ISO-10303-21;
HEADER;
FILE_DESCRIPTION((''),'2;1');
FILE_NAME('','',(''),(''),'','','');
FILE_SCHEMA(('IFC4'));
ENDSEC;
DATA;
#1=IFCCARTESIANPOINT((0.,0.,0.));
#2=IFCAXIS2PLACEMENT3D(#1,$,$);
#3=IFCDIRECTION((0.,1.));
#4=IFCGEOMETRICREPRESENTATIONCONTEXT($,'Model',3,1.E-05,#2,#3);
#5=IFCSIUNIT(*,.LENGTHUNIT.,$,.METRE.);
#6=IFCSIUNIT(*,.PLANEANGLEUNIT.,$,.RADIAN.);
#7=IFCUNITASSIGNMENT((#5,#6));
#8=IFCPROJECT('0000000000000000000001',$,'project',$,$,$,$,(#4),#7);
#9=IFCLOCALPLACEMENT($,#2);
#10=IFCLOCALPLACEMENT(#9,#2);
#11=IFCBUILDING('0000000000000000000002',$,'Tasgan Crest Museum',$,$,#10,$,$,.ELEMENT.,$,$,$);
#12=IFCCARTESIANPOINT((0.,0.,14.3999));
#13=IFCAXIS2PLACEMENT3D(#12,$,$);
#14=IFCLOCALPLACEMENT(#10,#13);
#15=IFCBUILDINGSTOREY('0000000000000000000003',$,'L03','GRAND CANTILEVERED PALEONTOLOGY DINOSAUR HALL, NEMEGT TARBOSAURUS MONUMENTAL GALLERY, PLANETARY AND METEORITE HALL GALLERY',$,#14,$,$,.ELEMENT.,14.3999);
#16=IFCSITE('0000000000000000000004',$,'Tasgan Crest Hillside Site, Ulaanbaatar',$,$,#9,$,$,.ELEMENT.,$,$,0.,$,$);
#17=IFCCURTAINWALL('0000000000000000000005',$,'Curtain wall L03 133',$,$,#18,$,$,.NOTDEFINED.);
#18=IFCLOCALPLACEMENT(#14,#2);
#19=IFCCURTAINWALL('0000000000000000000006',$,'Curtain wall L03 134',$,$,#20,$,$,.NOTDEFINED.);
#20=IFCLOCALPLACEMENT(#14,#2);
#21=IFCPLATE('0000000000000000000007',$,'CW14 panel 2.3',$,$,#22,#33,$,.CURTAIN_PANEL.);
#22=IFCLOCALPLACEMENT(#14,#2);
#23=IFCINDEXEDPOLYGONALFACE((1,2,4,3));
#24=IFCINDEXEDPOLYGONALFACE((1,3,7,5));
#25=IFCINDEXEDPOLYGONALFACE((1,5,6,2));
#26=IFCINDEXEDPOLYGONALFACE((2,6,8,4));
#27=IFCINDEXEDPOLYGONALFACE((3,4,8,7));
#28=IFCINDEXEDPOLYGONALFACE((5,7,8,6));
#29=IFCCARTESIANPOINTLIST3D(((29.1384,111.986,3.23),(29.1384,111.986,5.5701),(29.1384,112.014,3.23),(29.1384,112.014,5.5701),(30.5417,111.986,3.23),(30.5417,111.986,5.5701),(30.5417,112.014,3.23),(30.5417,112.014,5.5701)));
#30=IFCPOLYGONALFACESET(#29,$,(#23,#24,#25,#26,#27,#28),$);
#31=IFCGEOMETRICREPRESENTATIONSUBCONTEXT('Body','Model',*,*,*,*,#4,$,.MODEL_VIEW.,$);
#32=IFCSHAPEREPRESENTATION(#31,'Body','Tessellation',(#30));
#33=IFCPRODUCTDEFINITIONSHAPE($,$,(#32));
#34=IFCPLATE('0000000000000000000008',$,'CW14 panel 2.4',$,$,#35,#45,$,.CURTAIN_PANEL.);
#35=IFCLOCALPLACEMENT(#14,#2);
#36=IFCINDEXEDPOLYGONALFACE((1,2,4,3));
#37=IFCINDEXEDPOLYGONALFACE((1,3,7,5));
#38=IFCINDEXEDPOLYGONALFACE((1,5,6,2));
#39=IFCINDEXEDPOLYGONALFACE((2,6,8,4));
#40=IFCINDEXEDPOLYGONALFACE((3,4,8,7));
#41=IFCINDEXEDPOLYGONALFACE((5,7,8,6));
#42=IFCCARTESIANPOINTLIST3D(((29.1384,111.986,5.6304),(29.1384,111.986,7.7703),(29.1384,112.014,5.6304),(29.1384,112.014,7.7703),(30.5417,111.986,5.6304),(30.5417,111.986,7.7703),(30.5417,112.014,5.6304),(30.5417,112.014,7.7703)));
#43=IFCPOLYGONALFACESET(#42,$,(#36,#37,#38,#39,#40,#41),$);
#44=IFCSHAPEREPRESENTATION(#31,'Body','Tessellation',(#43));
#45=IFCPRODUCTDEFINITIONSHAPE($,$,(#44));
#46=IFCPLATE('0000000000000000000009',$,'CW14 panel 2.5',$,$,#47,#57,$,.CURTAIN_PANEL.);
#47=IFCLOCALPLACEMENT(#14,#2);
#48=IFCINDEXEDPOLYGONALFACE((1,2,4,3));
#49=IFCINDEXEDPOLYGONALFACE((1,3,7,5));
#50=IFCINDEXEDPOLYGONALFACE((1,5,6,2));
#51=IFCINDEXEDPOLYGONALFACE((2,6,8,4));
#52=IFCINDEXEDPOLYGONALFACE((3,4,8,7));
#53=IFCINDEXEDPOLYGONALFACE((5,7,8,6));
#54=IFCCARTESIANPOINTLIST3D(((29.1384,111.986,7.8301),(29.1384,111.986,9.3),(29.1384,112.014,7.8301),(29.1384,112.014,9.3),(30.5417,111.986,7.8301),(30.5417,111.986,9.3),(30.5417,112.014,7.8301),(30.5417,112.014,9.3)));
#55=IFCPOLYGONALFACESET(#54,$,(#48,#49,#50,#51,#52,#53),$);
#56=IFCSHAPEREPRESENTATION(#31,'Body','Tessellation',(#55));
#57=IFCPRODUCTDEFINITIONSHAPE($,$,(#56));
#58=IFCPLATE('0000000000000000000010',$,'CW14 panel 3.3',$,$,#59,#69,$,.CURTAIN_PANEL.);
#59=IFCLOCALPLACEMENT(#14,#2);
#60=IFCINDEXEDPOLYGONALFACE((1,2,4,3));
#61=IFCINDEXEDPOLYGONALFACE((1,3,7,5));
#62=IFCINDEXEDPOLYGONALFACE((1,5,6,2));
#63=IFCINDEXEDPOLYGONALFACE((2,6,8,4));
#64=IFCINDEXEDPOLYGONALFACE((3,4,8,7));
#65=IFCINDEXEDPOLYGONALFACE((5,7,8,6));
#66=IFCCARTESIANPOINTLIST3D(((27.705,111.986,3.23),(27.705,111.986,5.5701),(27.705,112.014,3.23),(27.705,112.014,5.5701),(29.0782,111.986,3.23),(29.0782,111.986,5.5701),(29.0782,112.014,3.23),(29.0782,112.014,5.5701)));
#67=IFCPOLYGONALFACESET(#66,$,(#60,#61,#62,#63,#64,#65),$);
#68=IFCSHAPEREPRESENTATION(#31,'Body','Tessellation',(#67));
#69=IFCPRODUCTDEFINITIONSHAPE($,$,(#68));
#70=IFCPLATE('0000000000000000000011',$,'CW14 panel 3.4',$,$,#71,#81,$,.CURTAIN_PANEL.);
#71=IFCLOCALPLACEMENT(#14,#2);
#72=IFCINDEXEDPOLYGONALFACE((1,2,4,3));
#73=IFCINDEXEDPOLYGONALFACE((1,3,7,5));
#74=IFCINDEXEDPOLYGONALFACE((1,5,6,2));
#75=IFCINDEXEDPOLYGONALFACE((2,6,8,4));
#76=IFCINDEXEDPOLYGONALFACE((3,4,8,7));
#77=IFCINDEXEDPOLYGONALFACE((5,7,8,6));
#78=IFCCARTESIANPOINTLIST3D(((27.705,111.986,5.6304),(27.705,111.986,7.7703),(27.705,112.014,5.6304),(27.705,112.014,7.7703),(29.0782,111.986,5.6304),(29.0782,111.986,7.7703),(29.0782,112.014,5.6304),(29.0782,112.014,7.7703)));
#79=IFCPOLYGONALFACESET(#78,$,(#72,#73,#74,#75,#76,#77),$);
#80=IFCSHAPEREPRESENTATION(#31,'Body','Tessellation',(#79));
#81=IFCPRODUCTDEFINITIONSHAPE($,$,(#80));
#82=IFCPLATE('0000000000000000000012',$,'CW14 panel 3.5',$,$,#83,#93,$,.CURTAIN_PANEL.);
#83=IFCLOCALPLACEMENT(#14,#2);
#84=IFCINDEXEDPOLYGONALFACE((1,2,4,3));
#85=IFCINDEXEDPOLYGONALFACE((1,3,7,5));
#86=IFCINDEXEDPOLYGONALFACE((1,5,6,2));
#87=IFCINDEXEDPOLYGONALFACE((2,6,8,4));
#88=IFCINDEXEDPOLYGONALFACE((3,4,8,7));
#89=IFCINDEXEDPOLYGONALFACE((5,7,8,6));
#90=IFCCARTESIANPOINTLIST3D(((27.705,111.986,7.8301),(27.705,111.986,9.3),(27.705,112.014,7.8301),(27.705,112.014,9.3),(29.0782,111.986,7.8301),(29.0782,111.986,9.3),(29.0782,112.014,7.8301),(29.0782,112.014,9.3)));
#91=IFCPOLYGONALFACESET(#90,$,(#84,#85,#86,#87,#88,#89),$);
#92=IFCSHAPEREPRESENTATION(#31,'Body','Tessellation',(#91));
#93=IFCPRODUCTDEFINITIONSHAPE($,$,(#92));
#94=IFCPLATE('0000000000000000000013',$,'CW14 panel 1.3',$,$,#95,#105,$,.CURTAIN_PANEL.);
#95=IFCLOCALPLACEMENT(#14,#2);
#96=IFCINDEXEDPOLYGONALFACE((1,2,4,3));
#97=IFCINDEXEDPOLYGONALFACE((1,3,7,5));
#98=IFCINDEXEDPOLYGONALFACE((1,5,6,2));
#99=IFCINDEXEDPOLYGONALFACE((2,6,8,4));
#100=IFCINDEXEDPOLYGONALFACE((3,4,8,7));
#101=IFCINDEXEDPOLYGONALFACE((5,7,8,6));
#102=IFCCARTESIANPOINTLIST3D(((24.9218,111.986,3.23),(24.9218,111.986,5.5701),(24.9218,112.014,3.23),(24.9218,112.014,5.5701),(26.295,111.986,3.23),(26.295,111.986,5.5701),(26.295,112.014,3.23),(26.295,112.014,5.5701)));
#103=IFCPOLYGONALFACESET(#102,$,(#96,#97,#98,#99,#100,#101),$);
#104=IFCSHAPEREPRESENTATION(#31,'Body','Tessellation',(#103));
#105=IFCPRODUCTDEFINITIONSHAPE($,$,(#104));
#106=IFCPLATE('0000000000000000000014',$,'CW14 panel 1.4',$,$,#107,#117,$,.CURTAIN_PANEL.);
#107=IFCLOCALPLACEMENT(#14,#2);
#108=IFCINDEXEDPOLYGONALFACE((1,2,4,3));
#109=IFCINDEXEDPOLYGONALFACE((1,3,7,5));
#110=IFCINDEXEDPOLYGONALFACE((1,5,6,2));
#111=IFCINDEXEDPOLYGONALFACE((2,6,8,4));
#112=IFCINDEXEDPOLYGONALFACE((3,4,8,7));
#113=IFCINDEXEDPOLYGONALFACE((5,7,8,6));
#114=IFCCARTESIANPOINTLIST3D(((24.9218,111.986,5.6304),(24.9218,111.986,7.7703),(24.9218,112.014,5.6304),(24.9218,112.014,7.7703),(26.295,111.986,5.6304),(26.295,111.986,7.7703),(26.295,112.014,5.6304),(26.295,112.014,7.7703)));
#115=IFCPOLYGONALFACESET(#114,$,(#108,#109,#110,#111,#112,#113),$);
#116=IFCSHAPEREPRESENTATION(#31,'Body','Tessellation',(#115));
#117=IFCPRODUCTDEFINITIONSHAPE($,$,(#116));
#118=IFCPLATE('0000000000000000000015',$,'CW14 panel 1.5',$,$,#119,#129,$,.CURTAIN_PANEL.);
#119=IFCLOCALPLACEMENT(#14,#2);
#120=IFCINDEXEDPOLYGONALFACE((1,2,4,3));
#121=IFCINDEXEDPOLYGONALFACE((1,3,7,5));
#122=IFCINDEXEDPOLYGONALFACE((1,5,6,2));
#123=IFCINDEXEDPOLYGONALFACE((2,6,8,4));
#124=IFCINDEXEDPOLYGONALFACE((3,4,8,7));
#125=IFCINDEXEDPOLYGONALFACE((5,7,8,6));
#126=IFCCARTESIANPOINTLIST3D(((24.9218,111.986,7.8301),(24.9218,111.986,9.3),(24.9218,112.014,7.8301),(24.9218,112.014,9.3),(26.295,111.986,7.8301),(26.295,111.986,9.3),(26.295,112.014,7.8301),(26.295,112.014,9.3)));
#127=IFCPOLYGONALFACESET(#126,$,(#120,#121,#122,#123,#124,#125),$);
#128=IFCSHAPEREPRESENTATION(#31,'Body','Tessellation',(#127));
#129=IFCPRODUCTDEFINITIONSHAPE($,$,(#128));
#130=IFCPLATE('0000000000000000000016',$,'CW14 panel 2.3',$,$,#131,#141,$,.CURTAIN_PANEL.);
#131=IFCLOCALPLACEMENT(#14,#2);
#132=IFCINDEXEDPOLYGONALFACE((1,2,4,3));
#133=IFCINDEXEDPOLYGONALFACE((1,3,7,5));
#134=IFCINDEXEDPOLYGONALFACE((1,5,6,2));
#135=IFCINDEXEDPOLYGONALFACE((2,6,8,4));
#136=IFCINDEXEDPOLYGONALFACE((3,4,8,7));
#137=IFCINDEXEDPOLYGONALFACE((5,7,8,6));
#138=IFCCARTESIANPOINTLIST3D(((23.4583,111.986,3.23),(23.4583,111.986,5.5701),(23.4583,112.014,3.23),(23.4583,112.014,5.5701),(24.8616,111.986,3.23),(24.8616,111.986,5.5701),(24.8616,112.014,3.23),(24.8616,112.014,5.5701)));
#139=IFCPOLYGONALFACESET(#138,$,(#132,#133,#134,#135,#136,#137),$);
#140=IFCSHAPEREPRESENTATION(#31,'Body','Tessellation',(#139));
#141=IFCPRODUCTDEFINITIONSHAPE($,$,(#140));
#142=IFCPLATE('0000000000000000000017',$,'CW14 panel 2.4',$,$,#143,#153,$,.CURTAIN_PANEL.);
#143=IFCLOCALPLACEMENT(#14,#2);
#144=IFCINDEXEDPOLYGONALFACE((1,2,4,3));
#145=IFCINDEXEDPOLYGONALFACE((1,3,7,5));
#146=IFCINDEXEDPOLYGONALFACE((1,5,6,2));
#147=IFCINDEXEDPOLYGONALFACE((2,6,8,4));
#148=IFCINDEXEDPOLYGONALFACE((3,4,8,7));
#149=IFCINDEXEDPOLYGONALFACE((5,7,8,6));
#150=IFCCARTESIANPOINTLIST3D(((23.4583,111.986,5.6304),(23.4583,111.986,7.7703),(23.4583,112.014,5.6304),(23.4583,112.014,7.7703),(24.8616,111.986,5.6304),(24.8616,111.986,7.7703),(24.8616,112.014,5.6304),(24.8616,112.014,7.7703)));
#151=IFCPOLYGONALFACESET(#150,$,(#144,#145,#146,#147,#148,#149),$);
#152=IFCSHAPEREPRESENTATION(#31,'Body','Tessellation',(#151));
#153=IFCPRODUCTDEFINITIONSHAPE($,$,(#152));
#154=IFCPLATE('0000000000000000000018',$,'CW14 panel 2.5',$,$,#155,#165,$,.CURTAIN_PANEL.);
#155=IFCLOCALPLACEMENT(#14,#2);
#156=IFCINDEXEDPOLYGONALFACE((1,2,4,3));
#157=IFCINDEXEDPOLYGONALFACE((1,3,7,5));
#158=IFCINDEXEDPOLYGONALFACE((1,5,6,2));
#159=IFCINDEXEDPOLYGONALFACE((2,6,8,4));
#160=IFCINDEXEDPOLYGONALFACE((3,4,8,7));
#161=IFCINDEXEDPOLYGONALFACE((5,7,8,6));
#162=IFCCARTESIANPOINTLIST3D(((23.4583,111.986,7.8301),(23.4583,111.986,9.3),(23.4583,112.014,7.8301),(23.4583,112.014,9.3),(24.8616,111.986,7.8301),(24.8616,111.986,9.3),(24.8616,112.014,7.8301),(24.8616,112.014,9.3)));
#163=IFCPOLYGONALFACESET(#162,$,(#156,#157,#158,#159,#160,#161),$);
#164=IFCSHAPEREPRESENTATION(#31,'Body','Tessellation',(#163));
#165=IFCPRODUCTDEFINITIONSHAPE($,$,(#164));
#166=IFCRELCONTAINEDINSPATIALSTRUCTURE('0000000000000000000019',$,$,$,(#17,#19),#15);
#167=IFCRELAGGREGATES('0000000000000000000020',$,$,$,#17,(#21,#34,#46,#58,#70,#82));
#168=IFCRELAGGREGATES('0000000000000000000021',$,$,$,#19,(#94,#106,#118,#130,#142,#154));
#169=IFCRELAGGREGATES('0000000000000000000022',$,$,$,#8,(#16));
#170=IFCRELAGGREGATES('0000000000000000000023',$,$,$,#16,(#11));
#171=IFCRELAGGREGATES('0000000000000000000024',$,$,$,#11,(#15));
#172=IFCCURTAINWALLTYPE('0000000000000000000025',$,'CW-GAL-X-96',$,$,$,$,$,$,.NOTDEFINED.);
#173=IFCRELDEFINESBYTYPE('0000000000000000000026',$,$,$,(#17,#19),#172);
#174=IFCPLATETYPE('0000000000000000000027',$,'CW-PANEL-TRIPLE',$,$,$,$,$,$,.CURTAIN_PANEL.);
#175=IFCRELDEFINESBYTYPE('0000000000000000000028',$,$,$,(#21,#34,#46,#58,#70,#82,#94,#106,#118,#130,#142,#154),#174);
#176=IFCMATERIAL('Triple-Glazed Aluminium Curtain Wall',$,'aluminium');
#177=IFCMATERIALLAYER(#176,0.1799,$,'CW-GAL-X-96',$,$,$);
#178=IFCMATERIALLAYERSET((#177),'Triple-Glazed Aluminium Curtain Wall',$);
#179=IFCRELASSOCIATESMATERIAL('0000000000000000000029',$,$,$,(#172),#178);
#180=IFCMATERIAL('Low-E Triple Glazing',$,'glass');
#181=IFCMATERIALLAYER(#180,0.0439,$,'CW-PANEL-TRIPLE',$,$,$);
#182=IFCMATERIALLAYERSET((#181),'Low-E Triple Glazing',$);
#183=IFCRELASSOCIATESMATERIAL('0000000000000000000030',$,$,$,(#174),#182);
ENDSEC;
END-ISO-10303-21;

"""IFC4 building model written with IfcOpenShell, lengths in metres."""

from ifc_helpers import new_model, si_unit, direction, frame, origin, origin_2d, place, context, subcontext, project, spatial, rectangle, extrude, material, layer, layer_set, type_object, element, aggregate, save


model = new_model("IFC4")

# Units and contexts
model_context = context("Model", 3, precision=1e-05, world=origin(), true_north=direction((0.0, 1.0)))
body_context = subcontext(model_context, "Body", "Model", "MODEL_VIEW")
ifc_project = project(units=[si_unit("LENGTHUNIT", "METRE"), si_unit("PLANEANGLEUNIT", "RADIAN")], contexts=[model_context])

# Site, building, storey
site_placement = place(None, origin())
site = spatial("IfcSite", under=ifc_project, at=site_placement, Name="Tasgan Crest Hillside Site, Ulaanbaatar", CompositionType="ELEMENT", RefElevation=0.0)
building_placement = place(site_placement, origin())
building = spatial("IfcBuilding", under=site, at=building_placement, Name="Tasgan Crest Museum", CompositionType="ELEMENT")
storey_placement = place(building_placement, frame((0.0, 0.0, 14.3999)))
storey = spatial("IfcBuildingStorey", under=building, at=storey_placement, Name="L03", Description="GRAND CANTILEVERED PALEONTOLOGY DINOSAUR HALL, NEMEGT TARBOSAURUS MONUMENTAL GALLERY, PLANETARY AND METEORITE HALL GALLERY", CompositionType="ELEMENT", Elevation=14.3999)

# Curtain walls
ifc_material_1 = material(Name="Triple-Glazed Aluminium Curtain Wall", Category="aluminium")
ifc_layer_1 = layer(ifc_material_1, 0.1799, Name="CW-GAL-X-96")
ifc_layer_set_1 = layer_set([ifc_layer_1], Name="Triple-Glazed Aluminium Curtain Wall")
curtain_wall_type = type_object("IfcCurtainWallType", Name="CW-GAL-X-96", PredefinedType="NOTDEFINED", material=ifc_layer_set_1)
curtain_wall_1_placement = place(storey_placement, origin())
curtain_wall_1 = element("IfcCurtainWall", 1, at=curtain_wall_1_placement, inside=storey, type_object=curtain_wall_type, Name="Curtain wall L03 133", PredefinedType="NOTDEFINED")
curtain_wall_2_placement = place(storey_placement, origin())
curtain_wall_2 = element("IfcCurtainWall", 2, at=curtain_wall_2_placement, inside=storey, type_object=curtain_wall_type, Name="Curtain wall L03 134", PredefinedType="NOTDEFINED")

# Plates
ifc_material_2 = material(Name="Low-E Triple Glazing", Category="glass")
ifc_layer_2 = layer(ifc_material_2, 0.0439, Name="CW-PANEL-TRIPLE")
ifc_layer_set_2 = layer_set([ifc_layer_2], Name="Low-E Triple Glazing")
plate_type = type_object("IfcPlateType", Name="CW-PANEL-TRIPLE", PredefinedType="CURTAIN_PANEL", material=ifc_layer_set_2)
plate_1_placement = place(storey_placement, frame((29.8401, 112.0, 3.23), z_axis=(0.0, 0.0, 1.0), x_axis=(-1.0, 0.0, 0.0)))
plate_1 = element("IfcPlate", 3, at=plate_1_placement, type_object=plate_type, Name="CW14 panel 2.3", PredefinedType="CURTAIN_PANEL", context=body_context, shape_type="SweptSolid", body=[
    extrude(rectangle(XDim=1.4033, YDim=0.0281, at=origin_2d()), origin(), (0.0, 0.0, 1.0), 2.3401),
])
plate_2_placement = place(storey_placement, frame((29.8401, 112.0, 5.6304), z_axis=(0.0, 0.0, 1.0), x_axis=(-1.0, 0.0, 0.0)))
plate_2 = element("IfcPlate", 4, at=plate_2_placement, type_object=plate_type, Name="CW14 panel 2.4", PredefinedType="CURTAIN_PANEL", context=body_context, shape_type="SweptSolid", body=[
    extrude(rectangle(XDim=1.4033, YDim=0.0281, at=origin_2d()), origin(), (0.0, 0.0, 1.0), 2.1399),
])
plate_3_placement = place(storey_placement, frame((29.8401, 112.0, 7.8301), z_axis=(0.0, 0.0, 1.0), x_axis=(-1.0, 0.0, 0.0)))
plate_3 = element("IfcPlate", 5, at=plate_3_placement, type_object=plate_type, Name="CW14 panel 2.5", PredefinedType="CURTAIN_PANEL", context=body_context, shape_type="SweptSolid", body=[
    extrude(rectangle(XDim=1.4033, YDim=0.0281, at=origin_2d()), origin(), (0.0, 0.0, 1.0), 1.47),
])
plate_4_placement = place(storey_placement, frame((28.3916, 112.0, 3.23), z_axis=(0.0, 0.0, 1.0), x_axis=(-1.0, 0.0, 0.0)))
plate_4 = element("IfcPlate", 6, at=plate_4_placement, type_object=plate_type, Name="CW14 panel 3.3", PredefinedType="CURTAIN_PANEL", context=body_context, shape_type="SweptSolid", body=[
    extrude(rectangle(XDim=1.3733, YDim=0.0281, at=origin_2d()), origin(), (0.0, 0.0, 1.0), 2.3401),
])
plate_5_placement = place(storey_placement, frame((28.3916, 112.0, 5.6304), z_axis=(0.0, 0.0, 1.0), x_axis=(-1.0, 0.0, 0.0)))
plate_5 = element("IfcPlate", 7, at=plate_5_placement, type_object=plate_type, Name="CW14 panel 3.4", PredefinedType="CURTAIN_PANEL", context=body_context, shape_type="SweptSolid", body=[
    extrude(rectangle(XDim=1.3733, YDim=0.0281, at=origin_2d()), origin(), (0.0, 0.0, 1.0), 2.1399),
])
plate_6_placement = place(storey_placement, frame((28.3916, 112.0, 7.8301), z_axis=(0.0, 0.0, 1.0), x_axis=(-1.0, 0.0, 0.0)))
plate_6 = element("IfcPlate", 8, at=plate_6_placement, type_object=plate_type, Name="CW14 panel 3.5", PredefinedType="CURTAIN_PANEL", context=body_context, shape_type="SweptSolid", body=[
    extrude(rectangle(XDim=1.3733, YDim=0.0281, at=origin_2d()), origin(), (0.0, 0.0, 1.0), 1.47),
])
aggregate(curtain_wall_1, [plate_1, plate_2, plate_3, plate_4, plate_5, plate_6])
plate_7_placement = place(storey_placement, frame((25.6084, 112.0, 3.23), z_axis=(0.0, 0.0, 1.0), x_axis=(-1.0, 0.0, 0.0)))
plate_7 = element("IfcPlate", 9, at=plate_7_placement, type_object=plate_type, Name="CW14 panel 1.3", PredefinedType="CURTAIN_PANEL", context=body_context, shape_type="SweptSolid", body=[
    extrude(rectangle(XDim=1.3733, YDim=0.0281, at=origin_2d()), origin(), (0.0, 0.0, 1.0), 2.3401),
])
plate_8_placement = place(storey_placement, frame((25.6084, 112.0, 5.6304), z_axis=(0.0, 0.0, 1.0), x_axis=(-1.0, 0.0, 0.0)))
plate_8 = element("IfcPlate", 10, at=plate_8_placement, type_object=plate_type, Name="CW14 panel 1.4", PredefinedType="CURTAIN_PANEL", context=body_context, shape_type="SweptSolid", body=[
    extrude(rectangle(XDim=1.3733, YDim=0.0281, at=origin_2d()), origin(), (0.0, 0.0, 1.0), 2.1399),
])
plate_9_placement = place(storey_placement, frame((25.6084, 112.0, 7.8301), z_axis=(0.0, 0.0, 1.0), x_axis=(-1.0, 0.0, 0.0)))
plate_9 = element("IfcPlate", 11, at=plate_9_placement, type_object=plate_type, Name="CW14 panel 1.5", PredefinedType="CURTAIN_PANEL", context=body_context, shape_type="SweptSolid", body=[
    extrude(rectangle(XDim=1.3733, YDim=0.0281, at=origin_2d()), origin(), (0.0, 0.0, 1.0), 1.47),
])
plate_10_placement = place(storey_placement, frame((24.1599, 112.0, 3.23), z_axis=(0.0, 0.0, 1.0), x_axis=(-1.0, 0.0, 0.0)))
plate_10 = element("IfcPlate", 12, at=plate_10_placement, type_object=plate_type, Name="CW14 panel 2.3", PredefinedType="CURTAIN_PANEL", context=body_context, shape_type="SweptSolid", body=[
    extrude(rectangle(XDim=1.4033, YDim=0.0281, at=origin_2d()), origin(), (0.0, 0.0, 1.0), 2.3401),
])
plate_11_placement = place(storey_placement, frame((24.1599, 112.0, 5.6304), z_axis=(0.0, 0.0, 1.0), x_axis=(-1.0, 0.0, 0.0)))
plate_11 = element("IfcPlate", 13, at=plate_11_placement, type_object=plate_type, Name="CW14 panel 2.4", PredefinedType="CURTAIN_PANEL", context=body_context, shape_type="SweptSolid", body=[
    extrude(rectangle(XDim=1.4033, YDim=0.0281, at=origin_2d()), origin(), (0.0, 0.0, 1.0), 2.1399),
])
plate_12_placement = place(storey_placement, frame((24.1599, 112.0, 7.8301), z_axis=(0.0, 0.0, 1.0), x_axis=(-1.0, 0.0, 0.0)))
plate_12 = element("IfcPlate", 14, at=plate_12_placement, type_object=plate_type, Name="CW14 panel 2.5", PredefinedType="CURTAIN_PANEL", context=body_context, shape_type="SweptSolid", body=[
    extrude(rectangle(XDim=1.4033, YDim=0.0281, at=origin_2d()), origin(), (0.0, 0.0, 1.0), 1.47),
])
aggregate(curtain_wall_2, [plate_7, plate_8, plate_9, plate_10, plate_11, plate_12])

save(model, "model.ifc")
